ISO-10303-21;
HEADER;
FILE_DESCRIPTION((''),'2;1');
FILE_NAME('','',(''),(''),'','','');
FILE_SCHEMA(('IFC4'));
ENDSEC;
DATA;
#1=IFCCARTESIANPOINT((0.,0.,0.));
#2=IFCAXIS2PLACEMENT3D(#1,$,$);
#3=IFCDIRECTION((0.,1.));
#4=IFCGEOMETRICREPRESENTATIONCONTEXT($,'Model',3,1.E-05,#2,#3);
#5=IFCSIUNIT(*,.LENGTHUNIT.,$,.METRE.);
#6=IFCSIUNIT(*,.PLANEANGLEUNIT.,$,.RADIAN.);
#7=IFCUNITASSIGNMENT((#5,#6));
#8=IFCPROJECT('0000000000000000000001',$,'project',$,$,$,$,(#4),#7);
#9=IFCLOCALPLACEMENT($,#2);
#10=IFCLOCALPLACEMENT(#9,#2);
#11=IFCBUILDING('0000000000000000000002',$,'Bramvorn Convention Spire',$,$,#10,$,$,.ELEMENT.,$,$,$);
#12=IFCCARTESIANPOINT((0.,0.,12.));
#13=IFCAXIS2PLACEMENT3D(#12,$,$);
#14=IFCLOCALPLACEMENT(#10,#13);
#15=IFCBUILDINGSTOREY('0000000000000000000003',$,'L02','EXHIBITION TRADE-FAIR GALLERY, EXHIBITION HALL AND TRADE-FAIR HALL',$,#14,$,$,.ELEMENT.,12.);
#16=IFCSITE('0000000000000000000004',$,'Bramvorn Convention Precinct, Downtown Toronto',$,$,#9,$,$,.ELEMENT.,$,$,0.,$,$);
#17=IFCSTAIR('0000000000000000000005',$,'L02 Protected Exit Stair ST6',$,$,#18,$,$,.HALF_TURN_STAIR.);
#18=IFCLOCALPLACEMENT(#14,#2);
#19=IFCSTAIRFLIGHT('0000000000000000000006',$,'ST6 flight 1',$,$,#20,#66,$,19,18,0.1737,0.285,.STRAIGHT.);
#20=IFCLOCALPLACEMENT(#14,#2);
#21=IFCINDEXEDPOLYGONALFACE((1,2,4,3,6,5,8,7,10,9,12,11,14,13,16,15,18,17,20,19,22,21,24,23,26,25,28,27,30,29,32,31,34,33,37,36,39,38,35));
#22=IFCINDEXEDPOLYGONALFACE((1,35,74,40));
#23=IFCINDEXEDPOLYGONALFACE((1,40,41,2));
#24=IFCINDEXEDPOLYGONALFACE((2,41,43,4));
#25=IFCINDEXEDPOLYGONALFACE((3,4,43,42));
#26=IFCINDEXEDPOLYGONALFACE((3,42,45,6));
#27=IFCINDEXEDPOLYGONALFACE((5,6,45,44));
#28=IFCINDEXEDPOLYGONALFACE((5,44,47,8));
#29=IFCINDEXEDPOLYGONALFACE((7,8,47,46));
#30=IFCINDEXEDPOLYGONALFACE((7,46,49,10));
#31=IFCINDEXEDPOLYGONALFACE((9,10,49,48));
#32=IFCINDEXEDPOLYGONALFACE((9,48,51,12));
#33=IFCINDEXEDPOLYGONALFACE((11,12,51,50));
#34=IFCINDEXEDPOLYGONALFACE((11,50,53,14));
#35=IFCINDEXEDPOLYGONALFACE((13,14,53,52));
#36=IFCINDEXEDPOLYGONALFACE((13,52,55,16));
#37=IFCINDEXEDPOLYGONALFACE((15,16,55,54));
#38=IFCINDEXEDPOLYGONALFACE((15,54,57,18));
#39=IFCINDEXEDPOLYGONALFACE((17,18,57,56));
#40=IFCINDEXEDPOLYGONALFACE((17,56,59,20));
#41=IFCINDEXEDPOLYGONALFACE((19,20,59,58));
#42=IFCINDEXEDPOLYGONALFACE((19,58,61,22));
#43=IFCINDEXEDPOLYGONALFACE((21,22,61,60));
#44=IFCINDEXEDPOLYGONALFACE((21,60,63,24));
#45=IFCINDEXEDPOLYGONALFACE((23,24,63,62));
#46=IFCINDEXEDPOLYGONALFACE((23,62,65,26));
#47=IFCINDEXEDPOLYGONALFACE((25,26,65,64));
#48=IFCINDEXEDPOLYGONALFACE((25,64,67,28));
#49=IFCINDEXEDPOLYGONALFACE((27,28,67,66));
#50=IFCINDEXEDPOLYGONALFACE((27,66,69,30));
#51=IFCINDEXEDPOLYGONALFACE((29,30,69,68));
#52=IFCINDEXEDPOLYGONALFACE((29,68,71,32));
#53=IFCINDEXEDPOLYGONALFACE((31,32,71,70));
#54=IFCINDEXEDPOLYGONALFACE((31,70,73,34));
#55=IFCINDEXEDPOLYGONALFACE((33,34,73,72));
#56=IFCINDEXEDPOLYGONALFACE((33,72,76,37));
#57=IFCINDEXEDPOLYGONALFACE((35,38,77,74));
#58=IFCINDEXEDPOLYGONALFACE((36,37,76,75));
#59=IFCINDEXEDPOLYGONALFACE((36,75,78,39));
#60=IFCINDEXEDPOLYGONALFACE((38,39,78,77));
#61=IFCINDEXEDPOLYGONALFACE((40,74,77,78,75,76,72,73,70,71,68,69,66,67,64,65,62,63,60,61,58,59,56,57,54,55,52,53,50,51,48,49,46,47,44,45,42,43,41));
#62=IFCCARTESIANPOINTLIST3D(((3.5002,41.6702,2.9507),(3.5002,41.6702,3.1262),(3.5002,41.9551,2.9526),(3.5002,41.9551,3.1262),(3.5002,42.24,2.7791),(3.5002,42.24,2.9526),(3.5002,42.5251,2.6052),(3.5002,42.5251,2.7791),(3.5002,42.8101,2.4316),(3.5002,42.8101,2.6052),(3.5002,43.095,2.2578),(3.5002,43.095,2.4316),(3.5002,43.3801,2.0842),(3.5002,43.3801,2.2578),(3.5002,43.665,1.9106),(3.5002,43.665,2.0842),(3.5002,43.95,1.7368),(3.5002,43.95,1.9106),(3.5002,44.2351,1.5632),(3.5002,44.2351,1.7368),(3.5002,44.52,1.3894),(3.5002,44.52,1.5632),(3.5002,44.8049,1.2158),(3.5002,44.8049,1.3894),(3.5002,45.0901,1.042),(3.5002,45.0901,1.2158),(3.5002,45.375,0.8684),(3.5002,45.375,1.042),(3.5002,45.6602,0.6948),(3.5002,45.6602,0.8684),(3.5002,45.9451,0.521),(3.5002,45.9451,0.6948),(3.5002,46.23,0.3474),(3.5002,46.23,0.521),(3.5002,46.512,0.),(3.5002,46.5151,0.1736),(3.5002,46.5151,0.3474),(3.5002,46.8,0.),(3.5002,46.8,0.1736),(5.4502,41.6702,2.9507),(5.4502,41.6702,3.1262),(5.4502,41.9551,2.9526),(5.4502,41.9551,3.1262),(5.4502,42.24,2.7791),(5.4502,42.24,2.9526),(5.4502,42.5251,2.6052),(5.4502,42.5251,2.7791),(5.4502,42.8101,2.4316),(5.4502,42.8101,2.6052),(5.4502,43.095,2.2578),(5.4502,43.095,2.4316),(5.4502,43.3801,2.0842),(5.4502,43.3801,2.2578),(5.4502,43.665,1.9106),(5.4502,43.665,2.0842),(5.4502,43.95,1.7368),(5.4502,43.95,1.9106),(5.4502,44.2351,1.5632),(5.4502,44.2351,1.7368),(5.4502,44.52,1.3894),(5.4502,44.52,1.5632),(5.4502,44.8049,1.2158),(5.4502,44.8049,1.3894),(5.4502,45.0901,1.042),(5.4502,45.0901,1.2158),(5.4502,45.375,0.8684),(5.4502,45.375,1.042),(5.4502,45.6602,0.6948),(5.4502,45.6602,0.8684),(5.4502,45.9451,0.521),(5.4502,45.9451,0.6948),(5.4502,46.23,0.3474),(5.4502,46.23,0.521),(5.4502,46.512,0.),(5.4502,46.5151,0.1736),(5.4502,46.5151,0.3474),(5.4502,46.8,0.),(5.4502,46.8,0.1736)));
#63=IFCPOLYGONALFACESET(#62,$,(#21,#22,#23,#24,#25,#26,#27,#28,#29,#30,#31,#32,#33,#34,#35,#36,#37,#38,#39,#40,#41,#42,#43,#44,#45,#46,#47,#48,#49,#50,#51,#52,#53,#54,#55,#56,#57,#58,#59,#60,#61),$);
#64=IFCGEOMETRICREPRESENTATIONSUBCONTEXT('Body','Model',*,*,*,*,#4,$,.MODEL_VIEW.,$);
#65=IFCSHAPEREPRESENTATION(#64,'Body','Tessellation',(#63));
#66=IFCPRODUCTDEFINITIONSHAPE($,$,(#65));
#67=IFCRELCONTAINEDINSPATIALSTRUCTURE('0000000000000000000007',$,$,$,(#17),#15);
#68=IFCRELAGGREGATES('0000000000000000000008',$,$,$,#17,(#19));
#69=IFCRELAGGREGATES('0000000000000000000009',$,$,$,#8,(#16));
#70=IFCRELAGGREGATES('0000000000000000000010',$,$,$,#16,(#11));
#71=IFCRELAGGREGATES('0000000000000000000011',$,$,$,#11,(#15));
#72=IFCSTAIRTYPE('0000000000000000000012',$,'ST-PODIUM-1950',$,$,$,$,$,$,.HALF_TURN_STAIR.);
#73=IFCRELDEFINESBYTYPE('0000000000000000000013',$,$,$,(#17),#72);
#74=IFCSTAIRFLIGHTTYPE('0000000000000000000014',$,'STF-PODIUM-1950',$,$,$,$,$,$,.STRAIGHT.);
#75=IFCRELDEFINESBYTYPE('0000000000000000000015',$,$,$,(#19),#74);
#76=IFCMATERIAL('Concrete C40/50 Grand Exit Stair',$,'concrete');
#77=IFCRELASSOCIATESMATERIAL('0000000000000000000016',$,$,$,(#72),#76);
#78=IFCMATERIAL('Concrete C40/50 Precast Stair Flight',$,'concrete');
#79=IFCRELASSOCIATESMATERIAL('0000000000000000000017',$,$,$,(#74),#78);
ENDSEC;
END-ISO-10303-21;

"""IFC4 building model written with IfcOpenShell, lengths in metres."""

from ifc_helpers import new_model, si_unit, direction, frame, origin, place, context, subcontext, project, spatial, polyline, outline, extrude, material, type_object, element, aggregate, save


model = new_model("IFC4")

# Units and contexts
model_context = context("Model", 3, precision=1e-05, world=origin(), true_north=direction((0.0, 1.0)))
body_context = subcontext(model_context, "Body", "Model", "MODEL_VIEW")
ifc_project = project(units=[si_unit("LENGTHUNIT", "METRE"), si_unit("PLANEANGLEUNIT", "RADIAN")], contexts=[model_context])

# Site, building, storey
site_placement = place(None, origin())
site = spatial("IfcSite", under=ifc_project, at=site_placement, Name="Bramvorn Convention Precinct, Downtown Toronto", CompositionType="ELEMENT", RefElevation=0.0)
building_placement = place(site_placement, origin())
building = spatial("IfcBuilding", under=site, at=building_placement, Name="Bramvorn Convention Spire", CompositionType="ELEMENT")
storey_placement = place(building_placement, frame((0.0, 0.0, 12.0)))
storey = spatial("IfcBuildingStorey", under=building, at=storey_placement, Name="L02", Description="EXHIBITION TRADE-FAIR GALLERY, EXHIBITION HALL AND TRADE-FAIR HALL", CompositionType="ELEMENT", Elevation=12.0)

# Stair, stair flight
ifc_material_1 = material(Name="Concrete C40/50 Grand Exit Stair", Category="concrete")
stair_type = type_object("IfcStairType", Name="ST-PODIUM-1950", PredefinedType="HALF_TURN_STAIR", material=ifc_material_1)
stair_placement = place(storey_placement, origin())
stair = element("IfcStair", 1, at=stair_placement, inside=storey, type_object=stair_type, Name="L02 Protected Exit Stair ST6", PredefinedType="HALF_TURN_STAIR")
ifc_material_2 = material(Name="Concrete C40/50 Precast Stair Flight", Category="concrete")
stair_flight_type = type_object("IfcStairFlightType", Name="STF-PODIUM-1950", PredefinedType="STRAIGHT", material=ifc_material_2)
stair_flight_placement = place(storey_placement, frame((4.4751, 46.8, 0.0), z_axis=(0.0, 0.0, 1.0), x_axis=(0.0, -1.0, 0.0)))
stair_flight = element("IfcStairFlight", 2, at=stair_flight_placement, type_object=stair_flight_type, Name="ST6 flight 1", NumberOfRisers=19, NumberOfTreads=18, PredefinedType="STRAIGHT", RiserHeight=0.1737, TreadLength=0.285, context=body_context, shape_type="SweptSolid", body=[
    extrude(outline(polyline([(0.0, 0.0), (0.0, 0.1736), (0.2849, 0.1736), (0.2849, 0.3474), (0.5701, 0.3474), (0.5701, 0.521), (0.855, 0.521), (0.855, 0.6948), (1.1399, 0.6948), (1.1399, 0.8684), (1.425, 0.8684), (1.425, 1.042), (1.71, 1.042), (1.71, 1.2158), (1.9951, 1.2158), (1.9951, 1.3894), (2.28, 1.3894), (2.28, 1.5632), (2.5649, 1.5632), (2.5649, 1.7368), (2.8501, 1.7368), (2.8501, 1.9106), (3.135, 1.9106), (3.135, 2.0842), (3.4199, 2.0842), (3.4199, 2.2578), (3.7051, 2.2578), (3.7051, 2.4316), (3.99, 2.4316), (3.99, 2.6052), (4.2749, 2.6052), (4.2749, 2.7791), (4.5601, 2.7791), (4.5601, 2.9526), (4.845, 2.9526), (4.845, 3.1262), (5.1299, 3.1262), (5.1299, 3.3), (5.1299, 2.9507), (0.2881, 0.0), (0.0, 0.0)])), frame((0.0, 0.9751, 0.0), z_axis=(0.0, -1.0, 0.0), x_axis=(1.0, 0.0, 0.0)), (0.0, 0.0, 1.0), 1.95),
])
aggregate(stair, [stair_flight])

save(model, "model.ifc")
